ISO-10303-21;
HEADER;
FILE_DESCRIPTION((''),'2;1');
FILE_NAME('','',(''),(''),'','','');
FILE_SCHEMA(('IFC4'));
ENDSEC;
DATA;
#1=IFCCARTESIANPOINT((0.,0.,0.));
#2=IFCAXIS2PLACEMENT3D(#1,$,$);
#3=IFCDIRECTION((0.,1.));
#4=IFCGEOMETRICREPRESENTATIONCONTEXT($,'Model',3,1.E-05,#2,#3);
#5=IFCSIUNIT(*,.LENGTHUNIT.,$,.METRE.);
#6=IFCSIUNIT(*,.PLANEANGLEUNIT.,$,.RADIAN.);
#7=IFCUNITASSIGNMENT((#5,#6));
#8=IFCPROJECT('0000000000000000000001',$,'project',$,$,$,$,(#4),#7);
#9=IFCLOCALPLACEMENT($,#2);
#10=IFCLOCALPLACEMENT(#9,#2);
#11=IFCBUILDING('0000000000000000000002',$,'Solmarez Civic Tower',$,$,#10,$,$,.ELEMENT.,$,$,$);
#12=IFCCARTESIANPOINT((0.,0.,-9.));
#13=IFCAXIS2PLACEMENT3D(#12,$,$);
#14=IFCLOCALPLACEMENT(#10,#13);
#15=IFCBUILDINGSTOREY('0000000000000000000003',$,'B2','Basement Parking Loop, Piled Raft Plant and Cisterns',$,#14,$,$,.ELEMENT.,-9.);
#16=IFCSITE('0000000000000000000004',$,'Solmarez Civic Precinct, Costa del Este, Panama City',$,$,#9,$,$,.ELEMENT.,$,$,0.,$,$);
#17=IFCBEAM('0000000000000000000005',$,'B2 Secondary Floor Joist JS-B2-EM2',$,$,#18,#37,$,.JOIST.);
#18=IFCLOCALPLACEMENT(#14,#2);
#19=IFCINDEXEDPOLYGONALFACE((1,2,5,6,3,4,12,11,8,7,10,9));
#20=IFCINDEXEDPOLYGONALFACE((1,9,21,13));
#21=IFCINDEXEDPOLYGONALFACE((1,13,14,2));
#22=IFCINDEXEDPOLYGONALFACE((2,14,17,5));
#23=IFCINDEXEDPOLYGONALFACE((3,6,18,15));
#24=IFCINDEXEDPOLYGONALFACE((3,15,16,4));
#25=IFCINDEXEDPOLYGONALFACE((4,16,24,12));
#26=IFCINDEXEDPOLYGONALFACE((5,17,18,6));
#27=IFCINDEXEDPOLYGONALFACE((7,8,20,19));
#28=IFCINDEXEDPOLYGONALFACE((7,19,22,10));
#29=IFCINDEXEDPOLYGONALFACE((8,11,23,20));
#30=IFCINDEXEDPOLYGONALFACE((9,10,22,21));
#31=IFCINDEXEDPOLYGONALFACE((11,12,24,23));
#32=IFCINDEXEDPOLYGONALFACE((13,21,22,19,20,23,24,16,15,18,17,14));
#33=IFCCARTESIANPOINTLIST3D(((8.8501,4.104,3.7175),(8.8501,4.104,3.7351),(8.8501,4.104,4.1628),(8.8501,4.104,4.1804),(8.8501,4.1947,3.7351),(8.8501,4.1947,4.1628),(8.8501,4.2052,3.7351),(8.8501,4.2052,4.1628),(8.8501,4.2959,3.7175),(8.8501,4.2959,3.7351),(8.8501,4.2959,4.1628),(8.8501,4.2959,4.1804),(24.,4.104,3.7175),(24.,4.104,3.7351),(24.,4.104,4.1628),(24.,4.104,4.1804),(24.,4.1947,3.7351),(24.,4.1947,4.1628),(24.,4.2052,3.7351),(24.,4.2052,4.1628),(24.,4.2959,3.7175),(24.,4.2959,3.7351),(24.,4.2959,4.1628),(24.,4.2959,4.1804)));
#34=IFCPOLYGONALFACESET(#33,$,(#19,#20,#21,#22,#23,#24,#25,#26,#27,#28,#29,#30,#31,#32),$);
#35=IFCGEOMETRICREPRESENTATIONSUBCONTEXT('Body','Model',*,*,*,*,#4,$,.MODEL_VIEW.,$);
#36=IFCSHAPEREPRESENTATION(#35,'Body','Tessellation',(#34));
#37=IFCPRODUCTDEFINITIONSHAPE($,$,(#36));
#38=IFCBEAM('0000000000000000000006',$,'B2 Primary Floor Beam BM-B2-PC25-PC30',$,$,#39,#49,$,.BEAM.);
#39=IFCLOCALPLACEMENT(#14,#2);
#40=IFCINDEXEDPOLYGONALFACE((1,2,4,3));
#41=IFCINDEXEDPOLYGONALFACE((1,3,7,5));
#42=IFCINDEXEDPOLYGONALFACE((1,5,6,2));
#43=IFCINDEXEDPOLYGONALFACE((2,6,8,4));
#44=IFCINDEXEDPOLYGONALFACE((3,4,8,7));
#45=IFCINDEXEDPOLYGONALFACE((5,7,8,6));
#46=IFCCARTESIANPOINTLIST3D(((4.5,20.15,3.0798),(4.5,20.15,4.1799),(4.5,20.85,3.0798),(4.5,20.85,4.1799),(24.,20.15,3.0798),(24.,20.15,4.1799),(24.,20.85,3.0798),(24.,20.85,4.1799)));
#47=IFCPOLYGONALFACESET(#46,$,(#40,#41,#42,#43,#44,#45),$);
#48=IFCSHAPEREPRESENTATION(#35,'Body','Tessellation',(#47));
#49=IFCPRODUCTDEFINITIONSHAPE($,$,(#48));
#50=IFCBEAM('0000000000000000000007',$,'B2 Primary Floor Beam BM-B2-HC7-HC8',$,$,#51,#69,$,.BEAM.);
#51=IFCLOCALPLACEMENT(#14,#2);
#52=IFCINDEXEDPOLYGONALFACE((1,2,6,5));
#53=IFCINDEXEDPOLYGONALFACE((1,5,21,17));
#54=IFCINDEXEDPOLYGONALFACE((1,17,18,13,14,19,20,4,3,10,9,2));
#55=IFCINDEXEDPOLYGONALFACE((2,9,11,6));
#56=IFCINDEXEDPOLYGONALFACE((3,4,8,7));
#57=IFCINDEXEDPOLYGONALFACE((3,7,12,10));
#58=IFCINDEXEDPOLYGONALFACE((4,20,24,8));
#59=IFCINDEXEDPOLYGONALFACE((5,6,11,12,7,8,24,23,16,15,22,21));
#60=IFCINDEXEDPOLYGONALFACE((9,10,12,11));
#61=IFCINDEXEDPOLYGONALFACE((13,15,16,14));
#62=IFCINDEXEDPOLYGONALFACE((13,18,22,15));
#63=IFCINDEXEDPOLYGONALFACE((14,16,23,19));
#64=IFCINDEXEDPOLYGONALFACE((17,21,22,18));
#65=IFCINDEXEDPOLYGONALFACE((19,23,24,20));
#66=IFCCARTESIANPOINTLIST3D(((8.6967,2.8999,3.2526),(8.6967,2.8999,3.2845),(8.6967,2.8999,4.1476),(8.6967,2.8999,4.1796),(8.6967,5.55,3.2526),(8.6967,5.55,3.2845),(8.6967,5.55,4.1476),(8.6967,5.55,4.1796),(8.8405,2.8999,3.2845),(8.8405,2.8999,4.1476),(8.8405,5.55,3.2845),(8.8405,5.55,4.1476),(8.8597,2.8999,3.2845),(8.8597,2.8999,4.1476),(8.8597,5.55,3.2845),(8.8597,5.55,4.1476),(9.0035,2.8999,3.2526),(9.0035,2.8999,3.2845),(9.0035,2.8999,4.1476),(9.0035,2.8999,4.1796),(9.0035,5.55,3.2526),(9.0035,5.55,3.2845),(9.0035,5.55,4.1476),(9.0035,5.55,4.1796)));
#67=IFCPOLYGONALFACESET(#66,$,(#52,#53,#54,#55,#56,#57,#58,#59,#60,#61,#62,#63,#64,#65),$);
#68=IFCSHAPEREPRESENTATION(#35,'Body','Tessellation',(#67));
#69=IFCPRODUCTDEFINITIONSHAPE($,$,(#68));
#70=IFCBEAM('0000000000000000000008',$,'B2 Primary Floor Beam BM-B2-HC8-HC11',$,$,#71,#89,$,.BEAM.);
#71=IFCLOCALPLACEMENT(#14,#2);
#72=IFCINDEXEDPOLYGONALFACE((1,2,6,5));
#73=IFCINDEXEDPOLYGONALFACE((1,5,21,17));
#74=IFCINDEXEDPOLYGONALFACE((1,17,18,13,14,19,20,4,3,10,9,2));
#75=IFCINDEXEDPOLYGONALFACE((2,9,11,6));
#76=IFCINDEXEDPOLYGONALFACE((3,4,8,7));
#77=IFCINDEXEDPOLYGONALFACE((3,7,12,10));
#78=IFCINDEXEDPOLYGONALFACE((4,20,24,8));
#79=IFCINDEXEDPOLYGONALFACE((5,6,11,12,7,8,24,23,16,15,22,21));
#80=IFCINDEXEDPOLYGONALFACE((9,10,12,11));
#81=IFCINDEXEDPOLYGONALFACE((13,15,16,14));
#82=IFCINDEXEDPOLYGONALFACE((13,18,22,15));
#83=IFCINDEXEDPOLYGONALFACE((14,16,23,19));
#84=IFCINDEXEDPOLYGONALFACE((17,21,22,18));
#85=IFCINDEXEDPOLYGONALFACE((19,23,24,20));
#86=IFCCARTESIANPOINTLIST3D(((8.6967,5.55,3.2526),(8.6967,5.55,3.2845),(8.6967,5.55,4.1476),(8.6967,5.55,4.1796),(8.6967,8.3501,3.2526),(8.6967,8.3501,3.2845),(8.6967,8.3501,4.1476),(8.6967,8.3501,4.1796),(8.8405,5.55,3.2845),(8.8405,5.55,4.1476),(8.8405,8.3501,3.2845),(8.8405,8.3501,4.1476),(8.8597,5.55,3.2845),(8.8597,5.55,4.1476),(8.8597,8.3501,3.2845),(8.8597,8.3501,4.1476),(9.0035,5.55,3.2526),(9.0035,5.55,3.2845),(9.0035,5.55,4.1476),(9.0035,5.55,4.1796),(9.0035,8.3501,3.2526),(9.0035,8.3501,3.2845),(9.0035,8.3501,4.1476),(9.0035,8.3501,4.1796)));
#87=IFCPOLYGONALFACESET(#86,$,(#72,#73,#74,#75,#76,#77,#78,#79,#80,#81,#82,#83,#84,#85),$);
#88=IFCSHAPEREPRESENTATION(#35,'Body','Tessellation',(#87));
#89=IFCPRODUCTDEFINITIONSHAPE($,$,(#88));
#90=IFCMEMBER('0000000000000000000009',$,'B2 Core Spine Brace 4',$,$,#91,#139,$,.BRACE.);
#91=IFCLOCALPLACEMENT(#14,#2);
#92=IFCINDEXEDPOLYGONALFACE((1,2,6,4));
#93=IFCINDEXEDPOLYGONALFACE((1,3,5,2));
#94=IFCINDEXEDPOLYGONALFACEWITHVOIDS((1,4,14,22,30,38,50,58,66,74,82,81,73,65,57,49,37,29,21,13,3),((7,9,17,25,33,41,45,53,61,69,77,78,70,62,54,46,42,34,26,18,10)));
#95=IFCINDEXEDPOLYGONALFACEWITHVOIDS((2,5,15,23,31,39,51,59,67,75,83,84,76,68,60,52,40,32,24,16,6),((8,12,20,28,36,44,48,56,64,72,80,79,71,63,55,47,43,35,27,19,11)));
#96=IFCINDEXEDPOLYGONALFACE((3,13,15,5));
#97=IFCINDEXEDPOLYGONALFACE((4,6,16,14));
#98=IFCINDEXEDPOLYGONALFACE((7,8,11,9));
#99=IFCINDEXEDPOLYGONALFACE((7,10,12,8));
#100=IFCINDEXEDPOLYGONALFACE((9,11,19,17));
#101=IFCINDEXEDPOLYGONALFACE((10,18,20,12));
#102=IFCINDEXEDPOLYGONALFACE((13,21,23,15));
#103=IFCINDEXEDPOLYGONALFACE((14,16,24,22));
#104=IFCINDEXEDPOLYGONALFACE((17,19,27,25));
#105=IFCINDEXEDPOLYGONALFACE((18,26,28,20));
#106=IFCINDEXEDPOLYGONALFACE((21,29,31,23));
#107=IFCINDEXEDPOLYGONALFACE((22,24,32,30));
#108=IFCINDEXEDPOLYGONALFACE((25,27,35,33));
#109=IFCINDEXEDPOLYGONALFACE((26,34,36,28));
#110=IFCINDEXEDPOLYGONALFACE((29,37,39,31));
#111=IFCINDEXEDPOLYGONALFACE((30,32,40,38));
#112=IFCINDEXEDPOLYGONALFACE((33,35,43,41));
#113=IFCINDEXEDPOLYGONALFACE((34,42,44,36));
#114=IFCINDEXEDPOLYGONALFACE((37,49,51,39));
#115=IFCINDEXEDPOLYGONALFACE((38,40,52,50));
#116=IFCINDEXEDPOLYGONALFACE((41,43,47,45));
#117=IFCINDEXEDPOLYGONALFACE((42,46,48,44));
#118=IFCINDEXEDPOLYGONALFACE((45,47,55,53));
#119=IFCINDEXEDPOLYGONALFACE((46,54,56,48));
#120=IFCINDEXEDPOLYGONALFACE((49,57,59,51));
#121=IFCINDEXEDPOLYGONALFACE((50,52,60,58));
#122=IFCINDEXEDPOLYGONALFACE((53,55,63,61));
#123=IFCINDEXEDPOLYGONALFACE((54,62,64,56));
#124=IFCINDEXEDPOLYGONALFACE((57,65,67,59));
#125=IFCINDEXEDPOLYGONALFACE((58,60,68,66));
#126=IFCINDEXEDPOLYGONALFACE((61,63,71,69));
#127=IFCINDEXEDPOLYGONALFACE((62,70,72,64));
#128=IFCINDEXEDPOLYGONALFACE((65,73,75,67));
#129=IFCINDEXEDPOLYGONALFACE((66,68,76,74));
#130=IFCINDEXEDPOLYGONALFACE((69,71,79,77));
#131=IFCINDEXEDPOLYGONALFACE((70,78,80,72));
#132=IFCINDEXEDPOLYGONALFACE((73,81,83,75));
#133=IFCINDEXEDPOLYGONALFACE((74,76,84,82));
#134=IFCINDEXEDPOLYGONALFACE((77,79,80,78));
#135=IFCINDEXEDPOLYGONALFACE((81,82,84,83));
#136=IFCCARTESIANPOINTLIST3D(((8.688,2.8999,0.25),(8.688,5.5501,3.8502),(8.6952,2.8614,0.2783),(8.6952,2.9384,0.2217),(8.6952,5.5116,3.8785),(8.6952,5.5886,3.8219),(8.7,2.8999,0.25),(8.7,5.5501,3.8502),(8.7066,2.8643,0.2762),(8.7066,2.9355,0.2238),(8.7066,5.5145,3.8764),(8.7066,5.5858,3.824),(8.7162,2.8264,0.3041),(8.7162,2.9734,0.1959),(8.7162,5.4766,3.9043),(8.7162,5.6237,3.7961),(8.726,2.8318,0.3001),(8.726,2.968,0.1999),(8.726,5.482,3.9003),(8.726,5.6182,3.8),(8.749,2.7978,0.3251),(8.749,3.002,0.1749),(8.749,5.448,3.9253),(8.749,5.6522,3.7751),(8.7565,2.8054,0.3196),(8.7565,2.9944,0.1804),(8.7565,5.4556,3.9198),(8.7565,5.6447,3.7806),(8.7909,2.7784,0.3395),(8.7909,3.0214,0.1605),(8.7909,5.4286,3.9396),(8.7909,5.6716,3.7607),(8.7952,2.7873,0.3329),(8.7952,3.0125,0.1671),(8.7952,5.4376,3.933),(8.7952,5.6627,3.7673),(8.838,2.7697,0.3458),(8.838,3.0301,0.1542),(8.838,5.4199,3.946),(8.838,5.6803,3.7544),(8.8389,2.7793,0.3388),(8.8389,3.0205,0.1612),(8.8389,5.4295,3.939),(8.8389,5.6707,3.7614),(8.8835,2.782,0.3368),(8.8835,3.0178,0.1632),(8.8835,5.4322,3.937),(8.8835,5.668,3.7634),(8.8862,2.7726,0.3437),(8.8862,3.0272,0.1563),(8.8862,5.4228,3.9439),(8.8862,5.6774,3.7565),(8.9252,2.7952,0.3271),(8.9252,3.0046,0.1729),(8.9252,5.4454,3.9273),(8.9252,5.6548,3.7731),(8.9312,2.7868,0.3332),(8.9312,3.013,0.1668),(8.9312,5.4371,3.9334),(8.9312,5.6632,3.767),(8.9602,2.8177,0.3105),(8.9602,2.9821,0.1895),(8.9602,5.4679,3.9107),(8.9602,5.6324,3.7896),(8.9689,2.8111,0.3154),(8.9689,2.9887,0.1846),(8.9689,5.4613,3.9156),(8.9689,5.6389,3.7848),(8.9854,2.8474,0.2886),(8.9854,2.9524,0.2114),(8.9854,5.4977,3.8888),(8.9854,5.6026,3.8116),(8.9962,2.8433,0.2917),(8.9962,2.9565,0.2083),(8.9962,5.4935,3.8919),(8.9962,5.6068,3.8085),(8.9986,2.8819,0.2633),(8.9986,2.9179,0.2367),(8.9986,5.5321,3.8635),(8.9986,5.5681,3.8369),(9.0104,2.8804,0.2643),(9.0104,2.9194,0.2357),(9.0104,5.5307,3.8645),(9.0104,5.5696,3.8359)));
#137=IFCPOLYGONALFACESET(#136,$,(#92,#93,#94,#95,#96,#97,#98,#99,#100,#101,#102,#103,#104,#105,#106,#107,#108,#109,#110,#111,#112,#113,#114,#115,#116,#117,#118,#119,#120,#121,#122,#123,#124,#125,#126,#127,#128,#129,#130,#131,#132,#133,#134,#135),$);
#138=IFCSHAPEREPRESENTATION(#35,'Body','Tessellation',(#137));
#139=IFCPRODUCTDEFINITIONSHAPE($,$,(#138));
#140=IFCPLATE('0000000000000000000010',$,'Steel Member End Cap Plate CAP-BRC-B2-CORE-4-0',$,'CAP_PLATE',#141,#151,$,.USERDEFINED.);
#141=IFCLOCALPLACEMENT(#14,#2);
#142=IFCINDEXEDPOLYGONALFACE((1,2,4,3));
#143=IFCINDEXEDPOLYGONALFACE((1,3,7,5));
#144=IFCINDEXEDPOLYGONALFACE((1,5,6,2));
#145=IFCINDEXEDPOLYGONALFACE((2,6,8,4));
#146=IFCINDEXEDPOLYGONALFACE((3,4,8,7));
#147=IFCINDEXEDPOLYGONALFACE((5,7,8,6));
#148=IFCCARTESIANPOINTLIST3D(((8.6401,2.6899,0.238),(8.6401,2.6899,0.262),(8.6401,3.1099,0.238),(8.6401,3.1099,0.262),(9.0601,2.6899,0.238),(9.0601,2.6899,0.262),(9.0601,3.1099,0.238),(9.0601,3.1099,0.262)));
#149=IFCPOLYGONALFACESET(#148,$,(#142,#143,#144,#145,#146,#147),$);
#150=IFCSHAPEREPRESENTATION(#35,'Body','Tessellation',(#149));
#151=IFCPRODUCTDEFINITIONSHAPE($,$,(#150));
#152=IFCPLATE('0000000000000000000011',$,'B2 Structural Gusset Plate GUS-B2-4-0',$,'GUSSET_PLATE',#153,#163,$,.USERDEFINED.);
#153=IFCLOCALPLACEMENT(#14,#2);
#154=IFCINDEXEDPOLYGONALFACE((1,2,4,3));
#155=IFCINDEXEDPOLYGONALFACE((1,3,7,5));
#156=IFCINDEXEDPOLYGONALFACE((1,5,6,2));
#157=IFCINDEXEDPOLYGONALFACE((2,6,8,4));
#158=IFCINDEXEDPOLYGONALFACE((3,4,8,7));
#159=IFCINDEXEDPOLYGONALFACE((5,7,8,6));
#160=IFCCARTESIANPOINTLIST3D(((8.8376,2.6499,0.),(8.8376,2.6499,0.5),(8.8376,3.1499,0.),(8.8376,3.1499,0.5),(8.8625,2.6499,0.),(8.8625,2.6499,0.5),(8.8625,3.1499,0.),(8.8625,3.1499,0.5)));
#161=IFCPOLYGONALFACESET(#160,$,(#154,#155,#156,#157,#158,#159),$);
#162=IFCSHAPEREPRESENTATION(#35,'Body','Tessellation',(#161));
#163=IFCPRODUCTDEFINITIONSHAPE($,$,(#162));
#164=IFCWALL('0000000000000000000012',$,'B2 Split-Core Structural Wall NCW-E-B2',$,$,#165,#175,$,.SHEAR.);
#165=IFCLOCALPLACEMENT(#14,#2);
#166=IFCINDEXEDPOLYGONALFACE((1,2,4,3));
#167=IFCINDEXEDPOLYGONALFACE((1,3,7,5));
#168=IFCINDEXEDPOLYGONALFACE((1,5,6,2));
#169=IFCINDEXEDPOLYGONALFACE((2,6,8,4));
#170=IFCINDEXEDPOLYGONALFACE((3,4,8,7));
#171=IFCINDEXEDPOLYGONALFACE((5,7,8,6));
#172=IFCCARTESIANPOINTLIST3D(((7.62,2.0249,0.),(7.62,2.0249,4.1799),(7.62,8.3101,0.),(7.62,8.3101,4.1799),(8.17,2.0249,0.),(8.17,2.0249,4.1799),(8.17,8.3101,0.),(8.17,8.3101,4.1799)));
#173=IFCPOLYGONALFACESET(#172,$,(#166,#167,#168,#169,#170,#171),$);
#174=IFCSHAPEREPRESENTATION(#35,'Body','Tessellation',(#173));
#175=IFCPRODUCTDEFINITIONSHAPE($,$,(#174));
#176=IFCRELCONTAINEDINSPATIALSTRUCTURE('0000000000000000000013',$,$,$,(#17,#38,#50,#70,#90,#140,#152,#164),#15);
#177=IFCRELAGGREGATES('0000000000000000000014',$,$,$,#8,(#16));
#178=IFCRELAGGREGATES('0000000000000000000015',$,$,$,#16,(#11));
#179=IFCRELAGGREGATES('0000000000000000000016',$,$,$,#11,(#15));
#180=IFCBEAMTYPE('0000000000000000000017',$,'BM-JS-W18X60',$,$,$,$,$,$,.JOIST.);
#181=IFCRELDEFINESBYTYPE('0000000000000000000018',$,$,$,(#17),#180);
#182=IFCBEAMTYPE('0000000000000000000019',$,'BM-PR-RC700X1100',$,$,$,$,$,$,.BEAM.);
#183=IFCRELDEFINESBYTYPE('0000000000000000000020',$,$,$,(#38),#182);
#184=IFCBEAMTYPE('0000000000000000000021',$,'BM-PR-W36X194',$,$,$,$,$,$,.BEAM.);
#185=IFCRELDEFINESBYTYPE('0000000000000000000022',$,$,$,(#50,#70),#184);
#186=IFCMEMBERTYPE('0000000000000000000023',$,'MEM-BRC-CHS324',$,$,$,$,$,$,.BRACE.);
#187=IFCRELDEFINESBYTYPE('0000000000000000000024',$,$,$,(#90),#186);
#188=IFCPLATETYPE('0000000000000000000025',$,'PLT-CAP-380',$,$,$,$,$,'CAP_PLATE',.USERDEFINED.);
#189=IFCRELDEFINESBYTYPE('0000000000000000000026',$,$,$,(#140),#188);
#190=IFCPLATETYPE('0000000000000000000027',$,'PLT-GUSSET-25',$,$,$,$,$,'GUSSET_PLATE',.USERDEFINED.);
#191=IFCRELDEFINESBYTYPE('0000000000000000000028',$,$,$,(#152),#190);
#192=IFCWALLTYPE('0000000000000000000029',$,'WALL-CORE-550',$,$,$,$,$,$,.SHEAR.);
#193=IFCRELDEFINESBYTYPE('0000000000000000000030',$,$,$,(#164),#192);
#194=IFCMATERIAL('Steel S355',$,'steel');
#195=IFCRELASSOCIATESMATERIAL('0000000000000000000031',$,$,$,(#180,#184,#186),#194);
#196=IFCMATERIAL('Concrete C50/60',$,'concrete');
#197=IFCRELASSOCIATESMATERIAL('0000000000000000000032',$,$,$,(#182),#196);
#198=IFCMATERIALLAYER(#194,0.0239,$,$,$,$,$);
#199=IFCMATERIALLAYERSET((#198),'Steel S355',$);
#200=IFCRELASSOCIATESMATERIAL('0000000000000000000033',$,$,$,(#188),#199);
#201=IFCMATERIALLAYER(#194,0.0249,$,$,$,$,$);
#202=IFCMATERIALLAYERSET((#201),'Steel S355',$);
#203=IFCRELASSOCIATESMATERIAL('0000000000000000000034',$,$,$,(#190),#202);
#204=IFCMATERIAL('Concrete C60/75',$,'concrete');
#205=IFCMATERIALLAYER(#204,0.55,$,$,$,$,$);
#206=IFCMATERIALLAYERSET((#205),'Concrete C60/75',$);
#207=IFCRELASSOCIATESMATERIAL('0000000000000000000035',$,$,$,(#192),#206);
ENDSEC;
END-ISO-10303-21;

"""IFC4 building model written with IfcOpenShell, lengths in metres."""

from ifc_helpers import new_model, si_unit, direction, frame, frame_2d, origin, origin_2d, place, context, subcontext, project, spatial, rectangle, hollow_circle, i_section, extrude, material, layer, layer_set, material_profile, profile_set, type_object, element, save


model = new_model("IFC4")

# Units and contexts
model_context = context("Model", 3, precision=1e-05, world=origin(), true_north=direction((0.0, 1.0)))
body_context = subcontext(model_context, "Body", "Model", "MODEL_VIEW")
ifc_project = project(units=[si_unit("LENGTHUNIT", "METRE"), si_unit("PLANEANGLEUNIT", "RADIAN")], contexts=[model_context])

# Site, building, storey
site_placement = place(None, origin())
site = spatial("IfcSite", under=ifc_project, at=site_placement, Name="Solmarez Civic Precinct, Costa del Este, Panama City", CompositionType="ELEMENT", RefElevation=0.0)
building_placement = place(site_placement, origin())
building = spatial("IfcBuilding", under=site, at=building_placement, Name="Solmarez Civic Tower", CompositionType="ELEMENT")
storey_placement = place(building_placement, frame((0.0, 0.0, -9.0)))
storey = spatial("IfcBuildingStorey", under=building, at=storey_placement, Name="B2", Description="Basement Parking Loop, Piled Raft Plant and Cisterns", CompositionType="ELEMENT", Elevation=-9.0)

# Shared definitions
ifc_material_1 = material(Name="Concrete C60/75", Category="concrete")

# Beams
ifc_material_2 = material(Name="Steel S355", Category="steel")
ifc_material_profile_1 = material_profile(ifc_material_2, i_section(OverallWidth=0.1919, OverallDepth=0.4629, WebThickness=0.0105, FlangeThickness=0.0176, at=origin_2d()), Name="W18X60")
ifc_profile_set_1 = profile_set([ifc_material_profile_1], Name="Steel S355")
beam_type_1 = type_object("IfcBeamType", Name="BM-JS-W18X60", PredefinedType="JOIST", material=ifc_profile_set_1)
beam_1_placement = place(storey_placement, frame((8.8501, 4.2, 3.949), z_axis=(1.0, 0.0, 0.0), x_axis=(0.0, 1.0, 0.0)))
element("IfcBeam", 1, at=beam_1_placement, inside=storey, type_object=beam_type_1, Name="B2 Secondary Floor Joist JS-B2-EM2", PredefinedType="JOIST", context=body_context, shape_type="SweptSolid", body=[
    extrude(i_section(OverallWidth=0.1919, OverallDepth=0.4629, WebThickness=0.0105, FlangeThickness=0.0176, at=origin_2d()), origin(), (0.0, 0.0, 1.0), 15.1499),
])
ifc_material_3 = material(Name="Concrete C50/60", Category="concrete")
ifc_material_profile_2 = material_profile(ifc_material_3, rectangle(XDim=0.7, YDim=1.1001, at=origin_2d()), Name="RC700X1100")
ifc_profile_set_2 = profile_set([ifc_material_profile_2], Name="Concrete C50/60")
beam_type_2 = type_object("IfcBeamType", Name="BM-PR-RC700X1100", PredefinedType="BEAM", material=ifc_profile_set_2)
beam_2_placement = place(storey_placement, frame((4.5, 20.5, 3.6299), z_axis=(1.0, 0.0, 0.0), x_axis=(0.0, 1.0, 0.0)))
element("IfcBeam", 2, at=beam_2_placement, inside=storey, type_object=beam_type_2, Name="B2 Primary Floor Beam BM-B2-PC25-PC30", PredefinedType="BEAM", context=body_context, shape_type="SweptSolid", body=[
    extrude(rectangle(XDim=0.7, YDim=1.1001, at=origin_2d()), origin(), (0.0, 0.0, 1.0), 19.5),
])
ifc_material_profile_3 = material_profile(ifc_material_2, i_section(OverallWidth=0.3069, OverallDepth=0.927, WebThickness=0.0193, FlangeThickness=0.032, at=origin_2d()), Name="W36X194")
ifc_profile_set_3 = profile_set([ifc_material_profile_3], Name="Steel S355")
beam_type_3 = type_object("IfcBeamType", Name="BM-PR-W36X194", PredefinedType="BEAM", material=ifc_profile_set_3)
beam_3_placement = place(storey_placement, frame((8.8501, 2.8999, 3.7161), z_axis=(0.0, 1.0, 0.0), x_axis=(-1.0, 0.0, 0.0)))
element("IfcBeam", 3, at=beam_3_placement, inside=storey, type_object=beam_type_3, Name="B2 Primary Floor Beam BM-B2-HC7-HC8", PredefinedType="BEAM", context=body_context, shape_type="SweptSolid", body=[
    extrude(i_section(OverallWidth=0.3069, OverallDepth=0.927, WebThickness=0.0193, FlangeThickness=0.032, at=origin_2d()), origin(), (0.0, 0.0, 1.0), 2.6501),
])
beam_4_placement = place(storey_placement, frame((8.8501, 5.55, 3.7161), z_axis=(0.0, 1.0, 0.0), x_axis=(-1.0, 0.0, 0.0)))
element("IfcBeam", 4, at=beam_4_placement, inside=storey, type_object=beam_type_3, Name="B2 Primary Floor Beam BM-B2-HC8-HC11", PredefinedType="BEAM", context=body_context, shape_type="SweptSolid", body=[
    extrude(i_section(OverallWidth=0.3069, OverallDepth=0.927, WebThickness=0.0193, FlangeThickness=0.032, at=origin_2d()), origin(), (0.0, 0.0, 1.0), 2.8),
])

# Member
ifc_material_profile_4 = material_profile(ifc_material_2, hollow_circle(Radius=0.1621, WallThickness=0.012, at=origin_2d()), Name="CHS324X12")
ifc_profile_set_4 = profile_set([ifc_material_profile_4], Name="Steel S355")
member_type = type_object("IfcMemberType", Name="MEM-BRC-CHS324", PredefinedType="BRACE", material=ifc_profile_set_4)
member_placement = place(storey_placement, frame((8.8501, 2.8999, 0.25), z_axis=(0.0, 0.592828, 0.805329), x_axis=(-1.0, 0.0, 0.0)))
element("IfcMember", 5, at=member_placement, inside=storey, type_object=member_type, Name="B2 Core Spine Brace 4", PredefinedType="BRACE", context=body_context, shape_type="SweptSolid", body=[
    extrude(hollow_circle(Radius=0.1621, WallThickness=0.012, at=origin_2d()), origin(), (0.0, 0.0, 1.0), 4.4705),
])

# Plates
ifc_layer_1 = layer(ifc_material_2, 0.0239)
ifc_layer_set_1 = layer_set([ifc_layer_1], Name="Steel S355")
plate_type_1 = type_object("IfcPlateType", Name="PLT-CAP-380", ElementType="CAP_PLATE", PredefinedType="USERDEFINED", material=ifc_layer_set_1)
plate_1_placement = place(storey_placement, frame((8.8501, 2.8999, 0.238), z_axis=(0.0, 0.0, 1.0), x_axis=(1.0, 0.0, 0.0)))
element("IfcPlate", 6, at=plate_1_placement, inside=storey, type_object=plate_type_1, Name="Steel Member End Cap Plate CAP-BRC-B2-CORE-4-0", ObjectType="CAP_PLATE", PredefinedType="USERDEFINED", context=body_context, shape_type="SweptSolid", body=[
    extrude(rectangle(XDim=0.4199, YDim=0.4199, at=origin_2d()), origin(), (0.0, 0.0, 1.0), 0.0239),
])
ifc_layer_2 = layer(ifc_material_2, 0.0249)
ifc_layer_set_2 = layer_set([ifc_layer_2], Name="Steel S355")
plate_type_2 = type_object("IfcPlateType", Name="PLT-GUSSET-25", ElementType="GUSSET_PLATE", PredefinedType="USERDEFINED", material=ifc_layer_set_2)
plate_2_placement = place(storey_placement, frame((8.8501, 2.8999, 0.0), z_axis=(0.0, 0.0, 1.0), x_axis=(0.0, 1.0, 0.0)))
element("IfcPlate", 7, at=plate_2_placement, inside=storey, type_object=plate_type_2, Name="B2 Structural Gusset Plate GUS-B2-4-0", ObjectType="GUSSET_PLATE", PredefinedType="USERDEFINED", context=body_context, shape_type="SweptSolid", body=[
    extrude(rectangle(XDim=0.5, YDim=0.0249, at=origin_2d()), origin(), (0.0, 0.0, 1.0), 0.5),
])

# Wall
ifc_layer_3 = layer(ifc_material_1, 0.55)
ifc_layer_set_3 = layer_set([ifc_layer_3], Name="Concrete C60/75")
wall_type_1 = type_object("IfcWallType", Name="WALL-CORE-550", PredefinedType="SHEAR", material=ifc_layer_set_3)
wall_1_placement = place(storey_placement, frame((7.895, 8.3101, 0.0), z_axis=(0.0, 0.0, 1.0), x_axis=(0.0, -1.0, 0.0)))
element("IfcWall", 8, at=wall_1_placement, inside=storey, type_object=wall_type_1, Name="B2 Split-Core Structural Wall NCW-E-B2", PredefinedType="SHEAR", context=body_context, shape_type="SweptSolid", body=[
    extrude(rectangle(XDim=6.2852, YDim=0.55, at=frame_2d((3.1426, 0.0))), origin(), (0.0, 0.0, 1.0), 4.1799),
])

save(model, "model.ifc")
